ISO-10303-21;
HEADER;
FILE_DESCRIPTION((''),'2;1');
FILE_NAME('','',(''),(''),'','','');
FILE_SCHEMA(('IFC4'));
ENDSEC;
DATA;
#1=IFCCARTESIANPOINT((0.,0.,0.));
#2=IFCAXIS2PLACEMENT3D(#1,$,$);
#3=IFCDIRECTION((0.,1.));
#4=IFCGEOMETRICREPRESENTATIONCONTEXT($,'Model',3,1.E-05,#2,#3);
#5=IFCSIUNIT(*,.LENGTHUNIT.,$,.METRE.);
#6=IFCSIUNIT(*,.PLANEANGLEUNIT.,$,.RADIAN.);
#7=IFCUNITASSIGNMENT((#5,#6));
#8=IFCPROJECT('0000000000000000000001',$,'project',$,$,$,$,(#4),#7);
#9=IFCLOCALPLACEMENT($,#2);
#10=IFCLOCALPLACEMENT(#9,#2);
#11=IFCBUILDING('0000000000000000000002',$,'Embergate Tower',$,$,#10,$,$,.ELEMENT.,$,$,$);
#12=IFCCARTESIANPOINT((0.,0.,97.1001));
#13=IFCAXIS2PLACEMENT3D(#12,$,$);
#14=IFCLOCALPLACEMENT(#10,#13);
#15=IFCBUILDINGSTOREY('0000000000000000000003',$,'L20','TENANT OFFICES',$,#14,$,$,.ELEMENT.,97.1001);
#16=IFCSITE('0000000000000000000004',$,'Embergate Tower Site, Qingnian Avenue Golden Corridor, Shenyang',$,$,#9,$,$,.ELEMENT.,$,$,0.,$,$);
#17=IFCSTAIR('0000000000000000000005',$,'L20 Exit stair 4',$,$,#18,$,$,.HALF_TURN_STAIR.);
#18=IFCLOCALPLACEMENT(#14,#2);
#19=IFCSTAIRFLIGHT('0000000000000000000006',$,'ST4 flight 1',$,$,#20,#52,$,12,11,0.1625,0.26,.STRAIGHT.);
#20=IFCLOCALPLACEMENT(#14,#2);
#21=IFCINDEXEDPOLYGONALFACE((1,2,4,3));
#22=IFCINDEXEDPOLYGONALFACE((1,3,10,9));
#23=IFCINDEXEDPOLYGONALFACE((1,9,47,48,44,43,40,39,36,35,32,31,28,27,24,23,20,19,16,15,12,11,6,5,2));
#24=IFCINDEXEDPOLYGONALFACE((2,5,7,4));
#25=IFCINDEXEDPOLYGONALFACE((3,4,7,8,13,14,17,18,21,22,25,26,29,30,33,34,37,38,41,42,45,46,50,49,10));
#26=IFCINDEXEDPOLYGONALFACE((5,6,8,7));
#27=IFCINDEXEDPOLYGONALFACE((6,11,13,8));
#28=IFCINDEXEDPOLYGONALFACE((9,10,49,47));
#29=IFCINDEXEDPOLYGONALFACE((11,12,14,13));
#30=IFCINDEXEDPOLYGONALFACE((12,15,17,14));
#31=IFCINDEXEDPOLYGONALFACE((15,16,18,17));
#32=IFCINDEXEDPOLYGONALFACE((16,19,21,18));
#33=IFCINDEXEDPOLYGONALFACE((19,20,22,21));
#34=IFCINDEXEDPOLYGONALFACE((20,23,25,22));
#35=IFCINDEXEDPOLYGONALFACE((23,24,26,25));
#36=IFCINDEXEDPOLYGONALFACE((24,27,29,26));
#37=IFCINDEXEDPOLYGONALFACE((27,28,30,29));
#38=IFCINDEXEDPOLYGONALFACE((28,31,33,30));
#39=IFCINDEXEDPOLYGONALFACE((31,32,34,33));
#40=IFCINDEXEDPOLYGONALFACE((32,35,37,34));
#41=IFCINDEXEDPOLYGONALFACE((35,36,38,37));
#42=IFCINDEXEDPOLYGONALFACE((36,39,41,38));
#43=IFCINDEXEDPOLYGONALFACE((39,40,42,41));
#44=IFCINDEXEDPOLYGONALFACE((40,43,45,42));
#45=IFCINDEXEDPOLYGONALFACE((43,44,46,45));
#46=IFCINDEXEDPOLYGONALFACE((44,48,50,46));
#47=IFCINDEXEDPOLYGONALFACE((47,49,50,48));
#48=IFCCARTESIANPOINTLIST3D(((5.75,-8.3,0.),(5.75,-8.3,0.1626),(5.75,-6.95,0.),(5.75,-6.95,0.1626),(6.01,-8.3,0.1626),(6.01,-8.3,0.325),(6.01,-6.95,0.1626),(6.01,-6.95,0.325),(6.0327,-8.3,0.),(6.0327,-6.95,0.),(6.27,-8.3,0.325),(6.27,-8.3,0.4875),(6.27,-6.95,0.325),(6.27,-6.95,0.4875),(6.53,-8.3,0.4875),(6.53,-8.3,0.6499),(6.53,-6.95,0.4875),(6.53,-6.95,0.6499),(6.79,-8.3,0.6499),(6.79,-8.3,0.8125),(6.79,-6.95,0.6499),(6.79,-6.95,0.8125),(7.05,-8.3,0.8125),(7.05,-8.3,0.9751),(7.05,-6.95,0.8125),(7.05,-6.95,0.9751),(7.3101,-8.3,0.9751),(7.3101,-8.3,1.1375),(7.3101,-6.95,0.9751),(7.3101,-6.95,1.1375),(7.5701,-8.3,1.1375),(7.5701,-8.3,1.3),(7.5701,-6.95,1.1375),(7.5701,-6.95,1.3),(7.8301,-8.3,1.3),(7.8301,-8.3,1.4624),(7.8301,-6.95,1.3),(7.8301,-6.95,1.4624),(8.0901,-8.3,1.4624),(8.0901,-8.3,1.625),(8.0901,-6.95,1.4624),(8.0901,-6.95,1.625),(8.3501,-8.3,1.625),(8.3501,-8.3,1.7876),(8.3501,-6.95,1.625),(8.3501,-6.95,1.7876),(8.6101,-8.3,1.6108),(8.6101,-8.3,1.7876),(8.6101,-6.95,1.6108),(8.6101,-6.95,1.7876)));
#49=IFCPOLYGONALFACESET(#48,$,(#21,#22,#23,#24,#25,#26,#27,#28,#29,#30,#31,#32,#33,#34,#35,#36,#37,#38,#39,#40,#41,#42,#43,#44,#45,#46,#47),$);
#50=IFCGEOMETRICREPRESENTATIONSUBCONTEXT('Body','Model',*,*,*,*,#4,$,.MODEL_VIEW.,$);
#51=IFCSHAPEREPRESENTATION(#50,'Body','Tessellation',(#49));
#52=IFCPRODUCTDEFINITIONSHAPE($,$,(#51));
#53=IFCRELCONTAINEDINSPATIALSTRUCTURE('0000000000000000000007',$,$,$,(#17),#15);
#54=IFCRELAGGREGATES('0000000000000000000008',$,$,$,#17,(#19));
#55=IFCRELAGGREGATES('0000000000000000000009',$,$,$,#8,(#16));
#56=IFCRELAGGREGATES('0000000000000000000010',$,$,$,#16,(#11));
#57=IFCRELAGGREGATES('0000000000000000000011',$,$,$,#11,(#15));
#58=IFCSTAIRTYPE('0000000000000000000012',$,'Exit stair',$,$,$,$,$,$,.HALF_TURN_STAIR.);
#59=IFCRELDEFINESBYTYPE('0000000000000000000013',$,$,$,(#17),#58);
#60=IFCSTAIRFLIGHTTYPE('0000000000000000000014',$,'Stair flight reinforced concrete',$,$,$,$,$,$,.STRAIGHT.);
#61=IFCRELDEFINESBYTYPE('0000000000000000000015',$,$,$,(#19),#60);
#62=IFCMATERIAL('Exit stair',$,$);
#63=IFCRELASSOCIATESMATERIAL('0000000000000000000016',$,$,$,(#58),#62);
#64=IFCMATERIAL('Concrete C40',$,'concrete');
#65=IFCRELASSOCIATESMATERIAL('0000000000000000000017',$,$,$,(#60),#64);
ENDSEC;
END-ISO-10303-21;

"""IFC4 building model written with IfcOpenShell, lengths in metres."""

from ifc_helpers import new_model, si_unit, direction, frame, origin, place, context, subcontext, project, spatial, polyline, outline, extrude, source, transform, mapped, material, type_object, element, aggregate, save


model = new_model("IFC4")

# Units and contexts
model_context = context("Model", 3, precision=1e-05, world=origin(), true_north=direction((0.0, 1.0)))
body_context = subcontext(model_context, "Body", "Model", "MODEL_VIEW")
ifc_project = project(units=[si_unit("LENGTHUNIT", "METRE"), si_unit("PLANEANGLEUNIT", "RADIAN")], contexts=[model_context])

# Site, building, storey
site_placement = place(None, origin())
site = spatial("IfcSite", under=ifc_project, at=site_placement, Name="Embergate Tower Site, Qingnian Avenue Golden Corridor, Shenyang", CompositionType="ELEMENT", RefElevation=0.0)
building_placement = place(site_placement, origin())
building = spatial("IfcBuilding", under=site, at=building_placement, Name="Embergate Tower", CompositionType="ELEMENT")
storey_placement = place(building_placement, frame((0.0, 0.0, 97.1001)))
storey = spatial("IfcBuildingStorey", under=building, at=storey_placement, Name="L20", Description="TENANT OFFICES", CompositionType="ELEMENT", Elevation=97.1001)

# Stair, stair flight
ifc_material_1 = material(Name="Exit stair")
stair_type = type_object("IfcStairType", Name="Exit stair", PredefinedType="HALF_TURN_STAIR", material=ifc_material_1)
stair_placement = place(storey_placement, origin())
stair = element("IfcStair", 1, at=stair_placement, inside=storey, type_object=stair_type, Name="L20 Exit stair 4", PredefinedType="HALF_TURN_STAIR")
ifc_material_2 = material(Name="Concrete C40", Category="concrete")
stair_flight_type = type_object("IfcStairFlightType", Name="Stair flight reinforced concrete", PredefinedType="STRAIGHT", material=ifc_material_2)
shared_shape_1 = source(origin(), body_context, "Body", "SweptSolid", [
    extrude(outline(polyline([(0.0, 0.0), (0.0, 0.1626), (0.26, 0.1626), (0.26, 0.325), (0.52, 0.325), (0.52, 0.4875), (0.78, 0.4875), (0.78, 0.6499), (1.04, 0.6499), (1.04, 0.8125), (1.3, 0.8125), (1.3, 0.9751), (1.5601, 0.9751), (1.5601, 1.1375), (1.8201, 1.1375), (1.8201, 1.3), (2.0801, 1.3), (2.0801, 1.4624), (2.3401, 1.4624), (2.3401, 1.625), (2.6001, 1.625), (2.6001, 1.7876), (2.8601, 1.7876), (2.8601, 1.95), (2.8601, 1.6108), (0.2827, 0.0), (0.0, 0.0)])), frame((0.0, 0.675, 0.0), z_axis=(0.0, -1.0, 0.0), x_axis=(1.0, 0.0, 0.0)), (0.0, 0.0, 1.0), 1.3501),
])
stair_flight_placement = place(storey_placement, frame((5.75, -7.625, 0.0), z_axis=(0.0, 0.0, 1.0), x_axis=(1.0, 0.0, 0.0)))
stair_flight = element("IfcStairFlight", 2, at=stair_flight_placement, type_object=stair_flight_type, Name="ST4 flight 1", NumberOfRisers=12, NumberOfTreads=11, PredefinedType="STRAIGHT", RiserHeight=0.1625, TreadLength=0.26, context=body_context, shape_type="MappedRepresentation", body=[
    mapped(shared_shape_1, transform((0.0, 0.0, 0.0))),
])
aggregate(stair, [stair_flight])

save(model, "model.ifc")
